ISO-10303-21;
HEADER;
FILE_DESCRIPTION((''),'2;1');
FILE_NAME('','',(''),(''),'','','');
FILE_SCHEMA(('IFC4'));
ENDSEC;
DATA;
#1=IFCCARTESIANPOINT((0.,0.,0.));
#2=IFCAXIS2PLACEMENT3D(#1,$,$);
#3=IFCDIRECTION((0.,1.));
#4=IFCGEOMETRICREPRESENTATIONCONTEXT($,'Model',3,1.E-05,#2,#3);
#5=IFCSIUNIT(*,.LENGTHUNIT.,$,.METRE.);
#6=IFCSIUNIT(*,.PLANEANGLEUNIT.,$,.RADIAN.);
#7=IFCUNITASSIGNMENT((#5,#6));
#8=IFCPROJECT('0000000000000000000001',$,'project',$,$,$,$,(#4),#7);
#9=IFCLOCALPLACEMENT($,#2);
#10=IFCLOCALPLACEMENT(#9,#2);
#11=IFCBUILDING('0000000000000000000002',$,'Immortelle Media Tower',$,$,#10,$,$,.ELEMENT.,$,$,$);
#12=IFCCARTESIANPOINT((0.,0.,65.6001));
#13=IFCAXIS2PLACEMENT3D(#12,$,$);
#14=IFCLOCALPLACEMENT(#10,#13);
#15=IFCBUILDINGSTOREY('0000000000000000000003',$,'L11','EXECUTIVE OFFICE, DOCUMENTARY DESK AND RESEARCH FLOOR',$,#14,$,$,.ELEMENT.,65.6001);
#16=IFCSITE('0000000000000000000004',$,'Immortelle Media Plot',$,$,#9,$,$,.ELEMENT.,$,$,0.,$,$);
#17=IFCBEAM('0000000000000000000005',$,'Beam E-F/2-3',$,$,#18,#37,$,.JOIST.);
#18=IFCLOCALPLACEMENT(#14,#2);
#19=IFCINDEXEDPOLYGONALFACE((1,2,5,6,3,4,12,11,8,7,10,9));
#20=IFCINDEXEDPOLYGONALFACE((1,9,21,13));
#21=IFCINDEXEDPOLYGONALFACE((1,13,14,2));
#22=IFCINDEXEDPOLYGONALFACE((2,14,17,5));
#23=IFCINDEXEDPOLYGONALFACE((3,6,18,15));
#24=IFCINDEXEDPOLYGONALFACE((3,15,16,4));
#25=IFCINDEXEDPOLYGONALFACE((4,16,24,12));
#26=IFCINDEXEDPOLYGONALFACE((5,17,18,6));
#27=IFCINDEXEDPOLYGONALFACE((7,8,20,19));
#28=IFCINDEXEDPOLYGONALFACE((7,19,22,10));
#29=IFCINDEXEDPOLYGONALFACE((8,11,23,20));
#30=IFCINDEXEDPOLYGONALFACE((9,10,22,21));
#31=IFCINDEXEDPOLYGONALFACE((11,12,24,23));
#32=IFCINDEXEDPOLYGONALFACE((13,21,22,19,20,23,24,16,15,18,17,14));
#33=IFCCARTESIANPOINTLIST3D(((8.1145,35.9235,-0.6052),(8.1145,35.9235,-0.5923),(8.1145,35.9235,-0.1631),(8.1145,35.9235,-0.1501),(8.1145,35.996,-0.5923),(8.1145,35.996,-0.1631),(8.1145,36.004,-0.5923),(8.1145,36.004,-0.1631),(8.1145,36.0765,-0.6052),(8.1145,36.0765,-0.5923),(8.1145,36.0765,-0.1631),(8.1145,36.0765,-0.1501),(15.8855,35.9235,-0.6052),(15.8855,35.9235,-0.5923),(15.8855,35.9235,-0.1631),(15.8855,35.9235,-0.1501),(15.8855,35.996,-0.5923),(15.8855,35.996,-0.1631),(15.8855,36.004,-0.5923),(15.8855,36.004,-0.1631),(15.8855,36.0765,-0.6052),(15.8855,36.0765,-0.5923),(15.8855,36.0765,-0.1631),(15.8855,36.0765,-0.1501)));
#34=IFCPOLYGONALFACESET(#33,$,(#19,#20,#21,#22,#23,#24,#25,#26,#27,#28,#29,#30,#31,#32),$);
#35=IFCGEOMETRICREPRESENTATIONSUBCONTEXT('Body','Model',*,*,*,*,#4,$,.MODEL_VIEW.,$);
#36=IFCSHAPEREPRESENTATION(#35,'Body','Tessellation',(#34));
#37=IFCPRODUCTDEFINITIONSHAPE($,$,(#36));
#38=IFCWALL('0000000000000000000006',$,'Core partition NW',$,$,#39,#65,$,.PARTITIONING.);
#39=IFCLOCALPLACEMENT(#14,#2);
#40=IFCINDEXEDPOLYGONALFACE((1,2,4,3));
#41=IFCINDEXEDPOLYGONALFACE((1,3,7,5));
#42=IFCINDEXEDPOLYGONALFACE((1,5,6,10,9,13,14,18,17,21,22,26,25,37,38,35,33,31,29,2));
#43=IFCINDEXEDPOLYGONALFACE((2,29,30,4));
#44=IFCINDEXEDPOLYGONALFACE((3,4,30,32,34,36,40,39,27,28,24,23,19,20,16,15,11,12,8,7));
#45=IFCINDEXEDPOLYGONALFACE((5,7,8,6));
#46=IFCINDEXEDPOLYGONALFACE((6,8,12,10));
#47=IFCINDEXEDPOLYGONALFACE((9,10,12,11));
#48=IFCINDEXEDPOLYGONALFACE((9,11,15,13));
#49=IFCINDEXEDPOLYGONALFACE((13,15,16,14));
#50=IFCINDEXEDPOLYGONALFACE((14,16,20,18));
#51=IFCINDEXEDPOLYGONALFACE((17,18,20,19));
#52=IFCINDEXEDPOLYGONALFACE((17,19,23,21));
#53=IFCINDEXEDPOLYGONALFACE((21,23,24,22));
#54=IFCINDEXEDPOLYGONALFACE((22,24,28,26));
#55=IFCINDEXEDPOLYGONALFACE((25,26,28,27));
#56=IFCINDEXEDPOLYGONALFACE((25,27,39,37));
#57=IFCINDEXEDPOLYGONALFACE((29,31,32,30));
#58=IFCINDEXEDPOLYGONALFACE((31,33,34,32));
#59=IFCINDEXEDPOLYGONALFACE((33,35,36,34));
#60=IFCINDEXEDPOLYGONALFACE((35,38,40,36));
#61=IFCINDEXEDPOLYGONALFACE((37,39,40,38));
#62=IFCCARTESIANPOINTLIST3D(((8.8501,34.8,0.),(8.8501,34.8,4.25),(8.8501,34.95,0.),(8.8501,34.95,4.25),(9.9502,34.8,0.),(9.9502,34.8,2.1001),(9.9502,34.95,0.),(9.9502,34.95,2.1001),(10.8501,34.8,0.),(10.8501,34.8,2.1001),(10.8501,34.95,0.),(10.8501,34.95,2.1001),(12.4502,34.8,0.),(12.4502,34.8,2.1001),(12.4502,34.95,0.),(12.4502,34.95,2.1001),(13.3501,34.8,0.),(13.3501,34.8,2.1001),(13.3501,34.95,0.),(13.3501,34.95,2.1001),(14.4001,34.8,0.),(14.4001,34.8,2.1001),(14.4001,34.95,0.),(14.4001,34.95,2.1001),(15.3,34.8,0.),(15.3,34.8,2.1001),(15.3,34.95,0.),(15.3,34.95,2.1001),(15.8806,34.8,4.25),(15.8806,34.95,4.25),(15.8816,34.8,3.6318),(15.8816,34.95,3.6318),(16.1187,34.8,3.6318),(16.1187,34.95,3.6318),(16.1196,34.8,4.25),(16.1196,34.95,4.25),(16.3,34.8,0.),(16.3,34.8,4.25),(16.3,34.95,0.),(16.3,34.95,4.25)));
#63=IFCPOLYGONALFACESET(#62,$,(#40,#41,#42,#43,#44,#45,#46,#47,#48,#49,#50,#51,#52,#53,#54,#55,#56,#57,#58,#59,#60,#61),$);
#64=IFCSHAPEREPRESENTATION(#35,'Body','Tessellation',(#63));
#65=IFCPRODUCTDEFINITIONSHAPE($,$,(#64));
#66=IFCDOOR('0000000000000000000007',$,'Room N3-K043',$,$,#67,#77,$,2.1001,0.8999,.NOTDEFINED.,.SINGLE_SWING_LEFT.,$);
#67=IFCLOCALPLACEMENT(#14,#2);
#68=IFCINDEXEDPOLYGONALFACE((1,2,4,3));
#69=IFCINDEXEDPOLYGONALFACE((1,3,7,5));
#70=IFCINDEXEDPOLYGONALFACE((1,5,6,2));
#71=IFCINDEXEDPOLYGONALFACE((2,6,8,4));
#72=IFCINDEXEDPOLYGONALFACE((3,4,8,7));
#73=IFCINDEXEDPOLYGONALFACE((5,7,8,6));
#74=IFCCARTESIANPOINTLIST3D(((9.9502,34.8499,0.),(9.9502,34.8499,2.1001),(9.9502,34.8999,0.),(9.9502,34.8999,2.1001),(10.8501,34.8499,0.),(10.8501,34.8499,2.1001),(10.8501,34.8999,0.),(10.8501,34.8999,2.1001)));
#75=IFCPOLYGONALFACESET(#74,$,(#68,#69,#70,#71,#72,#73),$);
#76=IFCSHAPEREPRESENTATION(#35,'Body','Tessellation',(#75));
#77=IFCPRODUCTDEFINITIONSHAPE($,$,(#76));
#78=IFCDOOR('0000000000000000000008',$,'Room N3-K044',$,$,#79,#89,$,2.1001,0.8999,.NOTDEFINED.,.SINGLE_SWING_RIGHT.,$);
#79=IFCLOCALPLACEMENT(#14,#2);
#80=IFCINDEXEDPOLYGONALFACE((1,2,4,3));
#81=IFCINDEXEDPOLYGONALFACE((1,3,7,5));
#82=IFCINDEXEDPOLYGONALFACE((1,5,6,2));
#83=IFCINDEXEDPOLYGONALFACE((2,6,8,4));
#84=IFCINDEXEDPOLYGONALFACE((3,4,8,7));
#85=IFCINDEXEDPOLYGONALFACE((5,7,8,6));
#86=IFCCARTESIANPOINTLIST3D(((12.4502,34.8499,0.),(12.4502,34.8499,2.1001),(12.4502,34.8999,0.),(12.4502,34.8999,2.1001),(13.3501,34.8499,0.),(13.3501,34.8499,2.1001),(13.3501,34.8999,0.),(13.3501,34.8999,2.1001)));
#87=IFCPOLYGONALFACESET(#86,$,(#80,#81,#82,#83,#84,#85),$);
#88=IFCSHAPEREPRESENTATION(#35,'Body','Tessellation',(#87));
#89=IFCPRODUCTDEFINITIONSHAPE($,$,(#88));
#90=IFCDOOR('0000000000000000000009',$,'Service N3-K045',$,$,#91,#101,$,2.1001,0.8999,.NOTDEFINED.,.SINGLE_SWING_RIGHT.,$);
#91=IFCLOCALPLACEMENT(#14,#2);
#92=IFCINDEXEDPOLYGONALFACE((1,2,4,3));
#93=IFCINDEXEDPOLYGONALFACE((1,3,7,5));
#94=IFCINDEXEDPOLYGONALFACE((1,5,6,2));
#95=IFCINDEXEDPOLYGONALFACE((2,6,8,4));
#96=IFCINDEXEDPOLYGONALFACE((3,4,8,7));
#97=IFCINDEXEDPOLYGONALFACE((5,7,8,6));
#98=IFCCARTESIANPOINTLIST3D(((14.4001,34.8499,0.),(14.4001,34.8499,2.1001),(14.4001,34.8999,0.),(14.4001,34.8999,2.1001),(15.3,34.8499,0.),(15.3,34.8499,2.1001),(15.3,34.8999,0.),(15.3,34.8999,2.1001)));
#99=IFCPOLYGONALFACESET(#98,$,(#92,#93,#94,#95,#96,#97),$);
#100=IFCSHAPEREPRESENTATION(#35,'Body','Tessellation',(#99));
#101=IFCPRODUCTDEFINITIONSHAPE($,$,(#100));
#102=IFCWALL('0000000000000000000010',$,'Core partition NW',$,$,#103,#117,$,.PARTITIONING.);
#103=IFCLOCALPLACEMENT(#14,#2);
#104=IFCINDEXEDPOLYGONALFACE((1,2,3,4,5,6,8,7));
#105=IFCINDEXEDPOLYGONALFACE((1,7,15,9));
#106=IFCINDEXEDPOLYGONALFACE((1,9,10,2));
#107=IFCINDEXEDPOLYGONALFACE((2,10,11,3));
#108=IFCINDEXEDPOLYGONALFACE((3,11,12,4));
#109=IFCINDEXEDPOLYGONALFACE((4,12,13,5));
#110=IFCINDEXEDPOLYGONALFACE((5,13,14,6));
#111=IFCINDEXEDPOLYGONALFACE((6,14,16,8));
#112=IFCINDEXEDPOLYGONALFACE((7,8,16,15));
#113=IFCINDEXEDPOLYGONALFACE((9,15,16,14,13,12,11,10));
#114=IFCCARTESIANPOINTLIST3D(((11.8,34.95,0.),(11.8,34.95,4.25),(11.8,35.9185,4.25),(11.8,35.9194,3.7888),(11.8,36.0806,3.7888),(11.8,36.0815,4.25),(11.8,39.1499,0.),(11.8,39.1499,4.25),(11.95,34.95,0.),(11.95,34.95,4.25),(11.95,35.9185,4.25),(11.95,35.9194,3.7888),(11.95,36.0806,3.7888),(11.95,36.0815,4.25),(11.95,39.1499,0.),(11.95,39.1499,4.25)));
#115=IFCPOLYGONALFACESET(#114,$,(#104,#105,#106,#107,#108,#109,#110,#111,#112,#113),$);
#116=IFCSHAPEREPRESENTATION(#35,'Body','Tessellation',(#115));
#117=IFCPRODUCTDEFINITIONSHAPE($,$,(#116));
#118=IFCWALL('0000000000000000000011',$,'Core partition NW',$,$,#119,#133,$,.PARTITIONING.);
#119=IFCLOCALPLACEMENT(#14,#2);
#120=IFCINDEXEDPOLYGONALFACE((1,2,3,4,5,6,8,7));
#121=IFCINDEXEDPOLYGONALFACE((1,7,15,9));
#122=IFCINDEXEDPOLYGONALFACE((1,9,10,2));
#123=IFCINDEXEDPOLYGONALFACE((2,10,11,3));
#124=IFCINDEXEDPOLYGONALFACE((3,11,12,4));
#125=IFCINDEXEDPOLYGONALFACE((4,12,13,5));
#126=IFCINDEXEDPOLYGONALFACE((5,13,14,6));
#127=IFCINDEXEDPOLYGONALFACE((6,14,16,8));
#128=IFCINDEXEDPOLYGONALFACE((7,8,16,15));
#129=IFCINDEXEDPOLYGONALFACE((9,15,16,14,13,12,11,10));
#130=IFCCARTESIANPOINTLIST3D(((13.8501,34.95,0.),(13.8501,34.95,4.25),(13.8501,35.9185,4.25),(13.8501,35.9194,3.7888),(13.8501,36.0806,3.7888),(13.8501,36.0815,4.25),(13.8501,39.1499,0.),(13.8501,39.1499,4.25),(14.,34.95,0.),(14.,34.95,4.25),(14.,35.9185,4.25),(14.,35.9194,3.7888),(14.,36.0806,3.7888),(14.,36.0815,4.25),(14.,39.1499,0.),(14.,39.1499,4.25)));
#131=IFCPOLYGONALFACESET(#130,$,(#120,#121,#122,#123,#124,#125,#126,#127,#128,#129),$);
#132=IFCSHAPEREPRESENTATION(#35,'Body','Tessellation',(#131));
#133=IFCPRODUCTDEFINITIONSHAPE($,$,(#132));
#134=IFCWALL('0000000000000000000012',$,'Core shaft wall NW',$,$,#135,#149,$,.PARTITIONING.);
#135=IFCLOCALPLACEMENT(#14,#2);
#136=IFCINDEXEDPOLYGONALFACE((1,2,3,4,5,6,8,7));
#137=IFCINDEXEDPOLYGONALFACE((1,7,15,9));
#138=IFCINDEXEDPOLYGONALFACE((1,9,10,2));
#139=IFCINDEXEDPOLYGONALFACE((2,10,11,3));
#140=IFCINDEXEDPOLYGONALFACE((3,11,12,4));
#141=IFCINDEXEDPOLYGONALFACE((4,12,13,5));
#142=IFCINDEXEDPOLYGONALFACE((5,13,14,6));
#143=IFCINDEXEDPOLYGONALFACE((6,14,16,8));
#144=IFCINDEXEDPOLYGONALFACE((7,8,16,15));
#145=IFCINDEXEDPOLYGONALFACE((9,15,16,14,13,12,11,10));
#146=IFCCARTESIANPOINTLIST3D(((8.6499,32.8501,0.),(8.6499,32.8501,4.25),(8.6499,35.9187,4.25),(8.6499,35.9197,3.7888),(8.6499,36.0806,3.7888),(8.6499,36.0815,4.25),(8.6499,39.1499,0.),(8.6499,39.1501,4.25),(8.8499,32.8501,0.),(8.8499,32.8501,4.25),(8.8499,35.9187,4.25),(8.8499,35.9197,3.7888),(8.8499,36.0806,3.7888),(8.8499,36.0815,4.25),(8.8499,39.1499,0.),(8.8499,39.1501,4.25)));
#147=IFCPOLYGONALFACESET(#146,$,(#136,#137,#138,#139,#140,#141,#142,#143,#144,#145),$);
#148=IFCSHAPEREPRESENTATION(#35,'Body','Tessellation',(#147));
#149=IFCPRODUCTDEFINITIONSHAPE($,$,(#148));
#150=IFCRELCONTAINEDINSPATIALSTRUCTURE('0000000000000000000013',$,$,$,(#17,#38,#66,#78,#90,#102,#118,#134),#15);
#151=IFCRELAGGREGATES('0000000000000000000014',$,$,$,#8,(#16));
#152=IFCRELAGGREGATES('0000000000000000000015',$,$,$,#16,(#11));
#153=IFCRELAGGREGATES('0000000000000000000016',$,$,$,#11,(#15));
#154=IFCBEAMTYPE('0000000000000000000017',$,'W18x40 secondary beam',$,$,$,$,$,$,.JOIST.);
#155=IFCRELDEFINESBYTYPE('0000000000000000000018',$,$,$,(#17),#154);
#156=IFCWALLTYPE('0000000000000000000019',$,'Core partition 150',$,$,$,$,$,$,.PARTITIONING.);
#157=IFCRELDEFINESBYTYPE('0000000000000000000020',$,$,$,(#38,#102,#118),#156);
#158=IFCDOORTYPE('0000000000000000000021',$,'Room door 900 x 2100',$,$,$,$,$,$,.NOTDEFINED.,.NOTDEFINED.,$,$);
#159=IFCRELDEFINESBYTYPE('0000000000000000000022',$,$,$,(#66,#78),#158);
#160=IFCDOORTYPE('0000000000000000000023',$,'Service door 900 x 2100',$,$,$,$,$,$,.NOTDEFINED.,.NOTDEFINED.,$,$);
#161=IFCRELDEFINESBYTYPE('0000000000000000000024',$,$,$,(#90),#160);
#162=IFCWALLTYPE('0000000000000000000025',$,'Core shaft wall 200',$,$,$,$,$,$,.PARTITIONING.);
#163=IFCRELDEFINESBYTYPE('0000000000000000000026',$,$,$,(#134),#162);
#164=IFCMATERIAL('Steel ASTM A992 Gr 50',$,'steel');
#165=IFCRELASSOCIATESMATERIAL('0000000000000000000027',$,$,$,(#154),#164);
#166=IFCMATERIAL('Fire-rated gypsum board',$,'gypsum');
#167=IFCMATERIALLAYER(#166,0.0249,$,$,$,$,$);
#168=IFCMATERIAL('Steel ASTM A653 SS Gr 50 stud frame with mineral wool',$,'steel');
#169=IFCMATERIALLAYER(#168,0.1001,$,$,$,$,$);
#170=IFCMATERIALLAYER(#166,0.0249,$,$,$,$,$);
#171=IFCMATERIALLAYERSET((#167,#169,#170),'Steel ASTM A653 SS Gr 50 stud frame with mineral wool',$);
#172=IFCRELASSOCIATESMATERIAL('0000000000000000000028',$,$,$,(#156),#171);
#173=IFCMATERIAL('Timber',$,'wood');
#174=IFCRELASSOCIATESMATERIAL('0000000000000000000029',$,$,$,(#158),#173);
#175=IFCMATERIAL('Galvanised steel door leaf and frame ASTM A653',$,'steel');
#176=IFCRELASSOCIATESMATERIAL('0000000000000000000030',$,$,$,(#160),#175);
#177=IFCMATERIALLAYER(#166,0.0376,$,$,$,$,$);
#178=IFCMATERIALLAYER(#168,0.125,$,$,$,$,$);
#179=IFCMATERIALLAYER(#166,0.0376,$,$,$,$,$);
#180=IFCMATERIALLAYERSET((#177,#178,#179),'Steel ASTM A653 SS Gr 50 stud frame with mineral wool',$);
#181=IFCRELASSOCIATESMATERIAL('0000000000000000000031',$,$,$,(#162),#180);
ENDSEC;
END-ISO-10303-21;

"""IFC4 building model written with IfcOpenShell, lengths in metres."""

from ifc_helpers import new_model, si_unit, direction, frame, frame_2d, origin, origin_2d, place, context, subcontext, project, spatial, polyline, rectangle, i_section, outline, extrude, material, layer, layer_set, material_profile, profile_set, type_object, element, fill, save


model = new_model("IFC4")

# Units and contexts
model_context = context("Model", 3, precision=1e-05, world=origin(), true_north=direction((0.0, 1.0)))
body_context = subcontext(model_context, "Body", "Model", "MODEL_VIEW")
ifc_project = project(units=[si_unit("LENGTHUNIT", "METRE"), si_unit("PLANEANGLEUNIT", "RADIAN")], contexts=[model_context])

# Site, building, storey
site_placement = place(None, origin())
site = spatial("IfcSite", under=ifc_project, at=site_placement, Name="Immortelle Media Plot", CompositionType="ELEMENT", RefElevation=0.0)
building_placement = place(site_placement, origin())
building = spatial("IfcBuilding", under=site, at=building_placement, Name="Immortelle Media Tower", CompositionType="ELEMENT")
storey_placement = place(building_placement, frame((0.0, 0.0, 65.6001)))
storey = spatial("IfcBuildingStorey", under=building, at=storey_placement, Name="L11", Description="EXECUTIVE OFFICE, DOCUMENTARY DESK AND RESEARCH FLOOR", CompositionType="ELEMENT", Elevation=65.6001)

# Beam
ifc_material_1 = material(Name="Steel ASTM A992 Gr 50", Category="steel")
ifc_material_profile = material_profile(ifc_material_1, i_section(OverallWidth=0.1531, OverallDepth=0.4551, WebThickness=0.0081, FlangeThickness=0.0129, at=origin_2d()), Name="W18x40")
ifc_profile_set = profile_set([ifc_material_profile], Name="Steel ASTM A992 Gr 50")
beam_type = type_object("IfcBeamType", Name="W18x40 secondary beam", PredefinedType="JOIST", material=ifc_profile_set)
beam_placement = place(storey_placement, frame((8.1145, 36.0, -0.3777), z_axis=(1.0, 0.0, 0.0), x_axis=(0.0, 1.0, 0.0)))
element("IfcBeam", 1, at=beam_placement, inside=storey, type_object=beam_type, Name="Beam E-F/2-3", PredefinedType="JOIST", context=body_context, shape_type="SweptSolid", body=[
    extrude(i_section(OverallWidth=0.1531, OverallDepth=0.4551, WebThickness=0.0081, FlangeThickness=0.0129, at=origin_2d()), origin(), (0.0, 0.0, 1.0), 7.771),
])

# Wall, openings, doors
ifc_material_2 = material(Name="Fire-rated gypsum board", Category="gypsum")
ifc_layer_1 = layer(ifc_material_2, 0.0249)
ifc_material_3 = material(Name="Steel ASTM A653 SS Gr 50 stud frame with mineral wool", Category="steel")
ifc_layer_2 = layer(ifc_material_3, 0.1001)
ifc_layer_3 = layer(ifc_material_2, 0.0249)
ifc_layer_set_1 = layer_set([ifc_layer_1, ifc_layer_2, ifc_layer_3], Name="Steel ASTM A653 SS Gr 50 stud frame with mineral wool")
wall_type_1 = type_object("IfcWallType", Name="Core partition 150", PredefinedType="PARTITIONING", material=ifc_layer_set_1)
wall_1_placement = place(storey_placement, frame((8.8501, 34.875, 0.0), z_axis=(0.0, 0.0, 1.0), x_axis=(1.0, 0.0, 0.0)))
wall_1 = element("IfcWall", 2, at=wall_1_placement, inside=storey, type_object=wall_type_1, Name="Core partition NW", PredefinedType="PARTITIONING", context=body_context, shape_type="SweptSolid", body=[
    extrude(outline(polyline([(0.0, 0.0), (7.45, 0.0), (7.45, 4.25), (7.2695, 4.25), (7.2686, 3.6318), (7.0315, 3.6318), (7.0305, 4.25), (0.0, 4.25), (0.0, 0.0)])), frame((0.0, 0.075, 0.0), z_axis=(0.0, -1.0, 0.0), x_axis=(1.0, 0.0, 0.0)), (0.0, 0.0, 1.0), 0.1499),
])
opening_1_placement = place(wall_1_placement, frame((1.1001, 0.0, 0.0)))
opening_1 = element("IfcOpeningElement", 3, at=opening_1_placement, cuts=wall_1, PredefinedType="OPENING", context=body_context, shape_type="SweptSolid", body=[
    extrude(rectangle(XDim=0.8999, YDim=2.1001, at=frame_2d((0.45, 1.05))), frame((0.0, 0.085, 0.0), z_axis=(0.0, -1.0, 0.0), x_axis=(1.0, 0.0, 0.0)), (0.0, 0.0, 1.0), 0.1699),
])
opening_2_placement = place(wall_1_placement, frame((3.6001, 0.0, 0.0)))
opening_2 = element("IfcOpeningElement", 4, at=opening_2_placement, cuts=wall_1, PredefinedType="OPENING", context=body_context, shape_type="SweptSolid", body=[
    extrude(rectangle(XDim=0.8999, YDim=2.1001, at=frame_2d((0.45, 1.05))), frame((0.0, 0.085, 0.0), z_axis=(0.0, -1.0, 0.0), x_axis=(1.0, 0.0, 0.0)), (0.0, 0.0, 1.0), 0.1699),
])
opening_3_placement = place(wall_1_placement, frame((5.55, 0.0, 0.0)))
opening_3 = element("IfcOpeningElement", 5, at=opening_3_placement, cuts=wall_1, PredefinedType="OPENING", context=body_context, shape_type="SweptSolid", body=[
    extrude(rectangle(XDim=0.8999, YDim=2.1001, at=frame_2d((0.45, 1.05))), frame((0.0, 0.085, 0.0), z_axis=(0.0, -1.0, 0.0), x_axis=(1.0, 0.0, 0.0)), (0.0, 0.0, 1.0), 0.1699),
])
ifc_material_4 = material(Name="Timber", Category="wood")
door_type_1 = type_object("IfcDoorType", Name="Room door 900 x 2100", OperationType="NOTDEFINED", PredefinedType="NOTDEFINED", material=ifc_material_4)
door_1_placement = place(opening_1_placement, origin())
door_1 = element("IfcDoor", 6, at=door_1_placement, inside=storey, type_object=door_type_1, Name="Room N3-K043", OperationType="SINGLE_SWING_LEFT", OverallHeight=2.1001, OverallWidth=0.8999, PredefinedType="NOTDEFINED", context=body_context, shape_type="SweptSolid", body=[
    extrude(rectangle(XDim=0.8999, YDim=2.1001, at=frame_2d((0.45, 1.05))), frame((0.0, 0.0249, 0.0), z_axis=(0.0, -1.0, 0.0), x_axis=(1.0, 0.0, 0.0)), (0.0, 0.0, 1.0), 0.05),
])
fill(opening_1, door_1)
door_2_placement = place(opening_2_placement, origin())
door_2 = element("IfcDoor", 7, at=door_2_placement, inside=storey, type_object=door_type_1, Name="Room N3-K044", OperationType="SINGLE_SWING_RIGHT", OverallHeight=2.1001, OverallWidth=0.8999, PredefinedType="NOTDEFINED", context=body_context, shape_type="SweptSolid", body=[
    extrude(rectangle(XDim=0.8999, YDim=2.1001, at=frame_2d((0.45, 1.05))), frame((0.0, 0.0249, 0.0), z_axis=(0.0, -1.0, 0.0), x_axis=(1.0, 0.0, 0.0)), (0.0, 0.0, 1.0), 0.05),
])
fill(opening_2, door_2)
ifc_material_5 = material(Name="Galvanised steel door leaf and frame ASTM A653", Category="steel")
door_type_2 = type_object("IfcDoorType", Name="Service door 900 x 2100", OperationType="NOTDEFINED", PredefinedType="NOTDEFINED", material=ifc_material_5)
door_3_placement = place(opening_3_placement, origin())
door_3 = element("IfcDoor", 8, at=door_3_placement, inside=storey, type_object=door_type_2, Name="Service N3-K045", OperationType="SINGLE_SWING_RIGHT", OverallHeight=2.1001, OverallWidth=0.8999, PredefinedType="NOTDEFINED", context=body_context, shape_type="SweptSolid", body=[
    extrude(rectangle(XDim=0.8999, YDim=2.1001, at=frame_2d((0.45, 1.05))), frame((0.0, 0.0249, 0.0), z_axis=(0.0, -1.0, 0.0), x_axis=(1.0, 0.0, 0.0)), (0.0, 0.0, 1.0), 0.05),
])
fill(opening_3, door_3)

# Walls
for number, where, z_axis, x_axis, name in (
    (9, (11.875, 34.95, 0.0), (0.0, 0.0, 1.0), (0.0, 1.0, 0.0), "Core partition NW"),
    (10, (13.925, 34.95, 0.0), (0.0, 0.0, 1.0), (0.0, 1.0, 0.0), "Core partition NW"),
):
    element("IfcWall", number, at=place(storey_placement, frame(where, z_axis=z_axis, x_axis=x_axis)), inside=storey, type_object=wall_type_1, Name=name, PredefinedType="PARTITIONING", context=body_context, shape_type="SweptSolid", body=[
        extrude(outline(polyline([(0.0, 0.0), (4.2, 0.0), (4.2, 4.25), (1.1316, 4.25), (1.1306, 3.7888), (0.9695, 3.7888), (0.9685, 4.25), (0.0, 4.25), (0.0, 0.0)])), frame((0.0, 0.075, 0.0), z_axis=(0.0, -1.0, 0.0), x_axis=(1.0, 0.0, 0.0)), (0.0, 0.0, 1.0), 0.1499),
    ])
ifc_layer_4 = layer(ifc_material_2, 0.0376)
ifc_layer_5 = layer(ifc_material_3, 0.125)
ifc_layer_6 = layer(ifc_material_2, 0.0376)
ifc_layer_set_2 = layer_set([ifc_layer_4, ifc_layer_5, ifc_layer_6], Name="Steel ASTM A653 SS Gr 50 stud frame with mineral wool")
wall_type_2 = type_object("IfcWallType", Name="Core shaft wall 200", PredefinedType="PARTITIONING", material=ifc_layer_set_2)
wall_2_placement = place(storey_placement, frame((8.75, 32.8501, 0.0), z_axis=(0.0, 0.0, 1.0), x_axis=(0.0, 1.0, 0.0)))
element("IfcWall", 11, at=wall_2_placement, inside=storey, type_object=wall_type_2, Name="Core shaft wall NW", PredefinedType="PARTITIONING", context=body_context, shape_type="SweptSolid", body=[
    extrude(outline(polyline([(0.0, 0.0), (6.2998, 0.0), (6.3, 4.25), (3.2314, 4.25), (3.2305, 3.7888), (3.0696, 3.7888), (3.0686, 4.25), (0.0, 4.25), (0.0, 0.0)])), frame((0.0, 0.1001, 0.0), z_axis=(0.0, -1.0, 0.0), x_axis=(1.0, 0.0, 0.0)), (0.0, 0.0, 1.0), 0.2),
])

save(model, "model.ifc")
